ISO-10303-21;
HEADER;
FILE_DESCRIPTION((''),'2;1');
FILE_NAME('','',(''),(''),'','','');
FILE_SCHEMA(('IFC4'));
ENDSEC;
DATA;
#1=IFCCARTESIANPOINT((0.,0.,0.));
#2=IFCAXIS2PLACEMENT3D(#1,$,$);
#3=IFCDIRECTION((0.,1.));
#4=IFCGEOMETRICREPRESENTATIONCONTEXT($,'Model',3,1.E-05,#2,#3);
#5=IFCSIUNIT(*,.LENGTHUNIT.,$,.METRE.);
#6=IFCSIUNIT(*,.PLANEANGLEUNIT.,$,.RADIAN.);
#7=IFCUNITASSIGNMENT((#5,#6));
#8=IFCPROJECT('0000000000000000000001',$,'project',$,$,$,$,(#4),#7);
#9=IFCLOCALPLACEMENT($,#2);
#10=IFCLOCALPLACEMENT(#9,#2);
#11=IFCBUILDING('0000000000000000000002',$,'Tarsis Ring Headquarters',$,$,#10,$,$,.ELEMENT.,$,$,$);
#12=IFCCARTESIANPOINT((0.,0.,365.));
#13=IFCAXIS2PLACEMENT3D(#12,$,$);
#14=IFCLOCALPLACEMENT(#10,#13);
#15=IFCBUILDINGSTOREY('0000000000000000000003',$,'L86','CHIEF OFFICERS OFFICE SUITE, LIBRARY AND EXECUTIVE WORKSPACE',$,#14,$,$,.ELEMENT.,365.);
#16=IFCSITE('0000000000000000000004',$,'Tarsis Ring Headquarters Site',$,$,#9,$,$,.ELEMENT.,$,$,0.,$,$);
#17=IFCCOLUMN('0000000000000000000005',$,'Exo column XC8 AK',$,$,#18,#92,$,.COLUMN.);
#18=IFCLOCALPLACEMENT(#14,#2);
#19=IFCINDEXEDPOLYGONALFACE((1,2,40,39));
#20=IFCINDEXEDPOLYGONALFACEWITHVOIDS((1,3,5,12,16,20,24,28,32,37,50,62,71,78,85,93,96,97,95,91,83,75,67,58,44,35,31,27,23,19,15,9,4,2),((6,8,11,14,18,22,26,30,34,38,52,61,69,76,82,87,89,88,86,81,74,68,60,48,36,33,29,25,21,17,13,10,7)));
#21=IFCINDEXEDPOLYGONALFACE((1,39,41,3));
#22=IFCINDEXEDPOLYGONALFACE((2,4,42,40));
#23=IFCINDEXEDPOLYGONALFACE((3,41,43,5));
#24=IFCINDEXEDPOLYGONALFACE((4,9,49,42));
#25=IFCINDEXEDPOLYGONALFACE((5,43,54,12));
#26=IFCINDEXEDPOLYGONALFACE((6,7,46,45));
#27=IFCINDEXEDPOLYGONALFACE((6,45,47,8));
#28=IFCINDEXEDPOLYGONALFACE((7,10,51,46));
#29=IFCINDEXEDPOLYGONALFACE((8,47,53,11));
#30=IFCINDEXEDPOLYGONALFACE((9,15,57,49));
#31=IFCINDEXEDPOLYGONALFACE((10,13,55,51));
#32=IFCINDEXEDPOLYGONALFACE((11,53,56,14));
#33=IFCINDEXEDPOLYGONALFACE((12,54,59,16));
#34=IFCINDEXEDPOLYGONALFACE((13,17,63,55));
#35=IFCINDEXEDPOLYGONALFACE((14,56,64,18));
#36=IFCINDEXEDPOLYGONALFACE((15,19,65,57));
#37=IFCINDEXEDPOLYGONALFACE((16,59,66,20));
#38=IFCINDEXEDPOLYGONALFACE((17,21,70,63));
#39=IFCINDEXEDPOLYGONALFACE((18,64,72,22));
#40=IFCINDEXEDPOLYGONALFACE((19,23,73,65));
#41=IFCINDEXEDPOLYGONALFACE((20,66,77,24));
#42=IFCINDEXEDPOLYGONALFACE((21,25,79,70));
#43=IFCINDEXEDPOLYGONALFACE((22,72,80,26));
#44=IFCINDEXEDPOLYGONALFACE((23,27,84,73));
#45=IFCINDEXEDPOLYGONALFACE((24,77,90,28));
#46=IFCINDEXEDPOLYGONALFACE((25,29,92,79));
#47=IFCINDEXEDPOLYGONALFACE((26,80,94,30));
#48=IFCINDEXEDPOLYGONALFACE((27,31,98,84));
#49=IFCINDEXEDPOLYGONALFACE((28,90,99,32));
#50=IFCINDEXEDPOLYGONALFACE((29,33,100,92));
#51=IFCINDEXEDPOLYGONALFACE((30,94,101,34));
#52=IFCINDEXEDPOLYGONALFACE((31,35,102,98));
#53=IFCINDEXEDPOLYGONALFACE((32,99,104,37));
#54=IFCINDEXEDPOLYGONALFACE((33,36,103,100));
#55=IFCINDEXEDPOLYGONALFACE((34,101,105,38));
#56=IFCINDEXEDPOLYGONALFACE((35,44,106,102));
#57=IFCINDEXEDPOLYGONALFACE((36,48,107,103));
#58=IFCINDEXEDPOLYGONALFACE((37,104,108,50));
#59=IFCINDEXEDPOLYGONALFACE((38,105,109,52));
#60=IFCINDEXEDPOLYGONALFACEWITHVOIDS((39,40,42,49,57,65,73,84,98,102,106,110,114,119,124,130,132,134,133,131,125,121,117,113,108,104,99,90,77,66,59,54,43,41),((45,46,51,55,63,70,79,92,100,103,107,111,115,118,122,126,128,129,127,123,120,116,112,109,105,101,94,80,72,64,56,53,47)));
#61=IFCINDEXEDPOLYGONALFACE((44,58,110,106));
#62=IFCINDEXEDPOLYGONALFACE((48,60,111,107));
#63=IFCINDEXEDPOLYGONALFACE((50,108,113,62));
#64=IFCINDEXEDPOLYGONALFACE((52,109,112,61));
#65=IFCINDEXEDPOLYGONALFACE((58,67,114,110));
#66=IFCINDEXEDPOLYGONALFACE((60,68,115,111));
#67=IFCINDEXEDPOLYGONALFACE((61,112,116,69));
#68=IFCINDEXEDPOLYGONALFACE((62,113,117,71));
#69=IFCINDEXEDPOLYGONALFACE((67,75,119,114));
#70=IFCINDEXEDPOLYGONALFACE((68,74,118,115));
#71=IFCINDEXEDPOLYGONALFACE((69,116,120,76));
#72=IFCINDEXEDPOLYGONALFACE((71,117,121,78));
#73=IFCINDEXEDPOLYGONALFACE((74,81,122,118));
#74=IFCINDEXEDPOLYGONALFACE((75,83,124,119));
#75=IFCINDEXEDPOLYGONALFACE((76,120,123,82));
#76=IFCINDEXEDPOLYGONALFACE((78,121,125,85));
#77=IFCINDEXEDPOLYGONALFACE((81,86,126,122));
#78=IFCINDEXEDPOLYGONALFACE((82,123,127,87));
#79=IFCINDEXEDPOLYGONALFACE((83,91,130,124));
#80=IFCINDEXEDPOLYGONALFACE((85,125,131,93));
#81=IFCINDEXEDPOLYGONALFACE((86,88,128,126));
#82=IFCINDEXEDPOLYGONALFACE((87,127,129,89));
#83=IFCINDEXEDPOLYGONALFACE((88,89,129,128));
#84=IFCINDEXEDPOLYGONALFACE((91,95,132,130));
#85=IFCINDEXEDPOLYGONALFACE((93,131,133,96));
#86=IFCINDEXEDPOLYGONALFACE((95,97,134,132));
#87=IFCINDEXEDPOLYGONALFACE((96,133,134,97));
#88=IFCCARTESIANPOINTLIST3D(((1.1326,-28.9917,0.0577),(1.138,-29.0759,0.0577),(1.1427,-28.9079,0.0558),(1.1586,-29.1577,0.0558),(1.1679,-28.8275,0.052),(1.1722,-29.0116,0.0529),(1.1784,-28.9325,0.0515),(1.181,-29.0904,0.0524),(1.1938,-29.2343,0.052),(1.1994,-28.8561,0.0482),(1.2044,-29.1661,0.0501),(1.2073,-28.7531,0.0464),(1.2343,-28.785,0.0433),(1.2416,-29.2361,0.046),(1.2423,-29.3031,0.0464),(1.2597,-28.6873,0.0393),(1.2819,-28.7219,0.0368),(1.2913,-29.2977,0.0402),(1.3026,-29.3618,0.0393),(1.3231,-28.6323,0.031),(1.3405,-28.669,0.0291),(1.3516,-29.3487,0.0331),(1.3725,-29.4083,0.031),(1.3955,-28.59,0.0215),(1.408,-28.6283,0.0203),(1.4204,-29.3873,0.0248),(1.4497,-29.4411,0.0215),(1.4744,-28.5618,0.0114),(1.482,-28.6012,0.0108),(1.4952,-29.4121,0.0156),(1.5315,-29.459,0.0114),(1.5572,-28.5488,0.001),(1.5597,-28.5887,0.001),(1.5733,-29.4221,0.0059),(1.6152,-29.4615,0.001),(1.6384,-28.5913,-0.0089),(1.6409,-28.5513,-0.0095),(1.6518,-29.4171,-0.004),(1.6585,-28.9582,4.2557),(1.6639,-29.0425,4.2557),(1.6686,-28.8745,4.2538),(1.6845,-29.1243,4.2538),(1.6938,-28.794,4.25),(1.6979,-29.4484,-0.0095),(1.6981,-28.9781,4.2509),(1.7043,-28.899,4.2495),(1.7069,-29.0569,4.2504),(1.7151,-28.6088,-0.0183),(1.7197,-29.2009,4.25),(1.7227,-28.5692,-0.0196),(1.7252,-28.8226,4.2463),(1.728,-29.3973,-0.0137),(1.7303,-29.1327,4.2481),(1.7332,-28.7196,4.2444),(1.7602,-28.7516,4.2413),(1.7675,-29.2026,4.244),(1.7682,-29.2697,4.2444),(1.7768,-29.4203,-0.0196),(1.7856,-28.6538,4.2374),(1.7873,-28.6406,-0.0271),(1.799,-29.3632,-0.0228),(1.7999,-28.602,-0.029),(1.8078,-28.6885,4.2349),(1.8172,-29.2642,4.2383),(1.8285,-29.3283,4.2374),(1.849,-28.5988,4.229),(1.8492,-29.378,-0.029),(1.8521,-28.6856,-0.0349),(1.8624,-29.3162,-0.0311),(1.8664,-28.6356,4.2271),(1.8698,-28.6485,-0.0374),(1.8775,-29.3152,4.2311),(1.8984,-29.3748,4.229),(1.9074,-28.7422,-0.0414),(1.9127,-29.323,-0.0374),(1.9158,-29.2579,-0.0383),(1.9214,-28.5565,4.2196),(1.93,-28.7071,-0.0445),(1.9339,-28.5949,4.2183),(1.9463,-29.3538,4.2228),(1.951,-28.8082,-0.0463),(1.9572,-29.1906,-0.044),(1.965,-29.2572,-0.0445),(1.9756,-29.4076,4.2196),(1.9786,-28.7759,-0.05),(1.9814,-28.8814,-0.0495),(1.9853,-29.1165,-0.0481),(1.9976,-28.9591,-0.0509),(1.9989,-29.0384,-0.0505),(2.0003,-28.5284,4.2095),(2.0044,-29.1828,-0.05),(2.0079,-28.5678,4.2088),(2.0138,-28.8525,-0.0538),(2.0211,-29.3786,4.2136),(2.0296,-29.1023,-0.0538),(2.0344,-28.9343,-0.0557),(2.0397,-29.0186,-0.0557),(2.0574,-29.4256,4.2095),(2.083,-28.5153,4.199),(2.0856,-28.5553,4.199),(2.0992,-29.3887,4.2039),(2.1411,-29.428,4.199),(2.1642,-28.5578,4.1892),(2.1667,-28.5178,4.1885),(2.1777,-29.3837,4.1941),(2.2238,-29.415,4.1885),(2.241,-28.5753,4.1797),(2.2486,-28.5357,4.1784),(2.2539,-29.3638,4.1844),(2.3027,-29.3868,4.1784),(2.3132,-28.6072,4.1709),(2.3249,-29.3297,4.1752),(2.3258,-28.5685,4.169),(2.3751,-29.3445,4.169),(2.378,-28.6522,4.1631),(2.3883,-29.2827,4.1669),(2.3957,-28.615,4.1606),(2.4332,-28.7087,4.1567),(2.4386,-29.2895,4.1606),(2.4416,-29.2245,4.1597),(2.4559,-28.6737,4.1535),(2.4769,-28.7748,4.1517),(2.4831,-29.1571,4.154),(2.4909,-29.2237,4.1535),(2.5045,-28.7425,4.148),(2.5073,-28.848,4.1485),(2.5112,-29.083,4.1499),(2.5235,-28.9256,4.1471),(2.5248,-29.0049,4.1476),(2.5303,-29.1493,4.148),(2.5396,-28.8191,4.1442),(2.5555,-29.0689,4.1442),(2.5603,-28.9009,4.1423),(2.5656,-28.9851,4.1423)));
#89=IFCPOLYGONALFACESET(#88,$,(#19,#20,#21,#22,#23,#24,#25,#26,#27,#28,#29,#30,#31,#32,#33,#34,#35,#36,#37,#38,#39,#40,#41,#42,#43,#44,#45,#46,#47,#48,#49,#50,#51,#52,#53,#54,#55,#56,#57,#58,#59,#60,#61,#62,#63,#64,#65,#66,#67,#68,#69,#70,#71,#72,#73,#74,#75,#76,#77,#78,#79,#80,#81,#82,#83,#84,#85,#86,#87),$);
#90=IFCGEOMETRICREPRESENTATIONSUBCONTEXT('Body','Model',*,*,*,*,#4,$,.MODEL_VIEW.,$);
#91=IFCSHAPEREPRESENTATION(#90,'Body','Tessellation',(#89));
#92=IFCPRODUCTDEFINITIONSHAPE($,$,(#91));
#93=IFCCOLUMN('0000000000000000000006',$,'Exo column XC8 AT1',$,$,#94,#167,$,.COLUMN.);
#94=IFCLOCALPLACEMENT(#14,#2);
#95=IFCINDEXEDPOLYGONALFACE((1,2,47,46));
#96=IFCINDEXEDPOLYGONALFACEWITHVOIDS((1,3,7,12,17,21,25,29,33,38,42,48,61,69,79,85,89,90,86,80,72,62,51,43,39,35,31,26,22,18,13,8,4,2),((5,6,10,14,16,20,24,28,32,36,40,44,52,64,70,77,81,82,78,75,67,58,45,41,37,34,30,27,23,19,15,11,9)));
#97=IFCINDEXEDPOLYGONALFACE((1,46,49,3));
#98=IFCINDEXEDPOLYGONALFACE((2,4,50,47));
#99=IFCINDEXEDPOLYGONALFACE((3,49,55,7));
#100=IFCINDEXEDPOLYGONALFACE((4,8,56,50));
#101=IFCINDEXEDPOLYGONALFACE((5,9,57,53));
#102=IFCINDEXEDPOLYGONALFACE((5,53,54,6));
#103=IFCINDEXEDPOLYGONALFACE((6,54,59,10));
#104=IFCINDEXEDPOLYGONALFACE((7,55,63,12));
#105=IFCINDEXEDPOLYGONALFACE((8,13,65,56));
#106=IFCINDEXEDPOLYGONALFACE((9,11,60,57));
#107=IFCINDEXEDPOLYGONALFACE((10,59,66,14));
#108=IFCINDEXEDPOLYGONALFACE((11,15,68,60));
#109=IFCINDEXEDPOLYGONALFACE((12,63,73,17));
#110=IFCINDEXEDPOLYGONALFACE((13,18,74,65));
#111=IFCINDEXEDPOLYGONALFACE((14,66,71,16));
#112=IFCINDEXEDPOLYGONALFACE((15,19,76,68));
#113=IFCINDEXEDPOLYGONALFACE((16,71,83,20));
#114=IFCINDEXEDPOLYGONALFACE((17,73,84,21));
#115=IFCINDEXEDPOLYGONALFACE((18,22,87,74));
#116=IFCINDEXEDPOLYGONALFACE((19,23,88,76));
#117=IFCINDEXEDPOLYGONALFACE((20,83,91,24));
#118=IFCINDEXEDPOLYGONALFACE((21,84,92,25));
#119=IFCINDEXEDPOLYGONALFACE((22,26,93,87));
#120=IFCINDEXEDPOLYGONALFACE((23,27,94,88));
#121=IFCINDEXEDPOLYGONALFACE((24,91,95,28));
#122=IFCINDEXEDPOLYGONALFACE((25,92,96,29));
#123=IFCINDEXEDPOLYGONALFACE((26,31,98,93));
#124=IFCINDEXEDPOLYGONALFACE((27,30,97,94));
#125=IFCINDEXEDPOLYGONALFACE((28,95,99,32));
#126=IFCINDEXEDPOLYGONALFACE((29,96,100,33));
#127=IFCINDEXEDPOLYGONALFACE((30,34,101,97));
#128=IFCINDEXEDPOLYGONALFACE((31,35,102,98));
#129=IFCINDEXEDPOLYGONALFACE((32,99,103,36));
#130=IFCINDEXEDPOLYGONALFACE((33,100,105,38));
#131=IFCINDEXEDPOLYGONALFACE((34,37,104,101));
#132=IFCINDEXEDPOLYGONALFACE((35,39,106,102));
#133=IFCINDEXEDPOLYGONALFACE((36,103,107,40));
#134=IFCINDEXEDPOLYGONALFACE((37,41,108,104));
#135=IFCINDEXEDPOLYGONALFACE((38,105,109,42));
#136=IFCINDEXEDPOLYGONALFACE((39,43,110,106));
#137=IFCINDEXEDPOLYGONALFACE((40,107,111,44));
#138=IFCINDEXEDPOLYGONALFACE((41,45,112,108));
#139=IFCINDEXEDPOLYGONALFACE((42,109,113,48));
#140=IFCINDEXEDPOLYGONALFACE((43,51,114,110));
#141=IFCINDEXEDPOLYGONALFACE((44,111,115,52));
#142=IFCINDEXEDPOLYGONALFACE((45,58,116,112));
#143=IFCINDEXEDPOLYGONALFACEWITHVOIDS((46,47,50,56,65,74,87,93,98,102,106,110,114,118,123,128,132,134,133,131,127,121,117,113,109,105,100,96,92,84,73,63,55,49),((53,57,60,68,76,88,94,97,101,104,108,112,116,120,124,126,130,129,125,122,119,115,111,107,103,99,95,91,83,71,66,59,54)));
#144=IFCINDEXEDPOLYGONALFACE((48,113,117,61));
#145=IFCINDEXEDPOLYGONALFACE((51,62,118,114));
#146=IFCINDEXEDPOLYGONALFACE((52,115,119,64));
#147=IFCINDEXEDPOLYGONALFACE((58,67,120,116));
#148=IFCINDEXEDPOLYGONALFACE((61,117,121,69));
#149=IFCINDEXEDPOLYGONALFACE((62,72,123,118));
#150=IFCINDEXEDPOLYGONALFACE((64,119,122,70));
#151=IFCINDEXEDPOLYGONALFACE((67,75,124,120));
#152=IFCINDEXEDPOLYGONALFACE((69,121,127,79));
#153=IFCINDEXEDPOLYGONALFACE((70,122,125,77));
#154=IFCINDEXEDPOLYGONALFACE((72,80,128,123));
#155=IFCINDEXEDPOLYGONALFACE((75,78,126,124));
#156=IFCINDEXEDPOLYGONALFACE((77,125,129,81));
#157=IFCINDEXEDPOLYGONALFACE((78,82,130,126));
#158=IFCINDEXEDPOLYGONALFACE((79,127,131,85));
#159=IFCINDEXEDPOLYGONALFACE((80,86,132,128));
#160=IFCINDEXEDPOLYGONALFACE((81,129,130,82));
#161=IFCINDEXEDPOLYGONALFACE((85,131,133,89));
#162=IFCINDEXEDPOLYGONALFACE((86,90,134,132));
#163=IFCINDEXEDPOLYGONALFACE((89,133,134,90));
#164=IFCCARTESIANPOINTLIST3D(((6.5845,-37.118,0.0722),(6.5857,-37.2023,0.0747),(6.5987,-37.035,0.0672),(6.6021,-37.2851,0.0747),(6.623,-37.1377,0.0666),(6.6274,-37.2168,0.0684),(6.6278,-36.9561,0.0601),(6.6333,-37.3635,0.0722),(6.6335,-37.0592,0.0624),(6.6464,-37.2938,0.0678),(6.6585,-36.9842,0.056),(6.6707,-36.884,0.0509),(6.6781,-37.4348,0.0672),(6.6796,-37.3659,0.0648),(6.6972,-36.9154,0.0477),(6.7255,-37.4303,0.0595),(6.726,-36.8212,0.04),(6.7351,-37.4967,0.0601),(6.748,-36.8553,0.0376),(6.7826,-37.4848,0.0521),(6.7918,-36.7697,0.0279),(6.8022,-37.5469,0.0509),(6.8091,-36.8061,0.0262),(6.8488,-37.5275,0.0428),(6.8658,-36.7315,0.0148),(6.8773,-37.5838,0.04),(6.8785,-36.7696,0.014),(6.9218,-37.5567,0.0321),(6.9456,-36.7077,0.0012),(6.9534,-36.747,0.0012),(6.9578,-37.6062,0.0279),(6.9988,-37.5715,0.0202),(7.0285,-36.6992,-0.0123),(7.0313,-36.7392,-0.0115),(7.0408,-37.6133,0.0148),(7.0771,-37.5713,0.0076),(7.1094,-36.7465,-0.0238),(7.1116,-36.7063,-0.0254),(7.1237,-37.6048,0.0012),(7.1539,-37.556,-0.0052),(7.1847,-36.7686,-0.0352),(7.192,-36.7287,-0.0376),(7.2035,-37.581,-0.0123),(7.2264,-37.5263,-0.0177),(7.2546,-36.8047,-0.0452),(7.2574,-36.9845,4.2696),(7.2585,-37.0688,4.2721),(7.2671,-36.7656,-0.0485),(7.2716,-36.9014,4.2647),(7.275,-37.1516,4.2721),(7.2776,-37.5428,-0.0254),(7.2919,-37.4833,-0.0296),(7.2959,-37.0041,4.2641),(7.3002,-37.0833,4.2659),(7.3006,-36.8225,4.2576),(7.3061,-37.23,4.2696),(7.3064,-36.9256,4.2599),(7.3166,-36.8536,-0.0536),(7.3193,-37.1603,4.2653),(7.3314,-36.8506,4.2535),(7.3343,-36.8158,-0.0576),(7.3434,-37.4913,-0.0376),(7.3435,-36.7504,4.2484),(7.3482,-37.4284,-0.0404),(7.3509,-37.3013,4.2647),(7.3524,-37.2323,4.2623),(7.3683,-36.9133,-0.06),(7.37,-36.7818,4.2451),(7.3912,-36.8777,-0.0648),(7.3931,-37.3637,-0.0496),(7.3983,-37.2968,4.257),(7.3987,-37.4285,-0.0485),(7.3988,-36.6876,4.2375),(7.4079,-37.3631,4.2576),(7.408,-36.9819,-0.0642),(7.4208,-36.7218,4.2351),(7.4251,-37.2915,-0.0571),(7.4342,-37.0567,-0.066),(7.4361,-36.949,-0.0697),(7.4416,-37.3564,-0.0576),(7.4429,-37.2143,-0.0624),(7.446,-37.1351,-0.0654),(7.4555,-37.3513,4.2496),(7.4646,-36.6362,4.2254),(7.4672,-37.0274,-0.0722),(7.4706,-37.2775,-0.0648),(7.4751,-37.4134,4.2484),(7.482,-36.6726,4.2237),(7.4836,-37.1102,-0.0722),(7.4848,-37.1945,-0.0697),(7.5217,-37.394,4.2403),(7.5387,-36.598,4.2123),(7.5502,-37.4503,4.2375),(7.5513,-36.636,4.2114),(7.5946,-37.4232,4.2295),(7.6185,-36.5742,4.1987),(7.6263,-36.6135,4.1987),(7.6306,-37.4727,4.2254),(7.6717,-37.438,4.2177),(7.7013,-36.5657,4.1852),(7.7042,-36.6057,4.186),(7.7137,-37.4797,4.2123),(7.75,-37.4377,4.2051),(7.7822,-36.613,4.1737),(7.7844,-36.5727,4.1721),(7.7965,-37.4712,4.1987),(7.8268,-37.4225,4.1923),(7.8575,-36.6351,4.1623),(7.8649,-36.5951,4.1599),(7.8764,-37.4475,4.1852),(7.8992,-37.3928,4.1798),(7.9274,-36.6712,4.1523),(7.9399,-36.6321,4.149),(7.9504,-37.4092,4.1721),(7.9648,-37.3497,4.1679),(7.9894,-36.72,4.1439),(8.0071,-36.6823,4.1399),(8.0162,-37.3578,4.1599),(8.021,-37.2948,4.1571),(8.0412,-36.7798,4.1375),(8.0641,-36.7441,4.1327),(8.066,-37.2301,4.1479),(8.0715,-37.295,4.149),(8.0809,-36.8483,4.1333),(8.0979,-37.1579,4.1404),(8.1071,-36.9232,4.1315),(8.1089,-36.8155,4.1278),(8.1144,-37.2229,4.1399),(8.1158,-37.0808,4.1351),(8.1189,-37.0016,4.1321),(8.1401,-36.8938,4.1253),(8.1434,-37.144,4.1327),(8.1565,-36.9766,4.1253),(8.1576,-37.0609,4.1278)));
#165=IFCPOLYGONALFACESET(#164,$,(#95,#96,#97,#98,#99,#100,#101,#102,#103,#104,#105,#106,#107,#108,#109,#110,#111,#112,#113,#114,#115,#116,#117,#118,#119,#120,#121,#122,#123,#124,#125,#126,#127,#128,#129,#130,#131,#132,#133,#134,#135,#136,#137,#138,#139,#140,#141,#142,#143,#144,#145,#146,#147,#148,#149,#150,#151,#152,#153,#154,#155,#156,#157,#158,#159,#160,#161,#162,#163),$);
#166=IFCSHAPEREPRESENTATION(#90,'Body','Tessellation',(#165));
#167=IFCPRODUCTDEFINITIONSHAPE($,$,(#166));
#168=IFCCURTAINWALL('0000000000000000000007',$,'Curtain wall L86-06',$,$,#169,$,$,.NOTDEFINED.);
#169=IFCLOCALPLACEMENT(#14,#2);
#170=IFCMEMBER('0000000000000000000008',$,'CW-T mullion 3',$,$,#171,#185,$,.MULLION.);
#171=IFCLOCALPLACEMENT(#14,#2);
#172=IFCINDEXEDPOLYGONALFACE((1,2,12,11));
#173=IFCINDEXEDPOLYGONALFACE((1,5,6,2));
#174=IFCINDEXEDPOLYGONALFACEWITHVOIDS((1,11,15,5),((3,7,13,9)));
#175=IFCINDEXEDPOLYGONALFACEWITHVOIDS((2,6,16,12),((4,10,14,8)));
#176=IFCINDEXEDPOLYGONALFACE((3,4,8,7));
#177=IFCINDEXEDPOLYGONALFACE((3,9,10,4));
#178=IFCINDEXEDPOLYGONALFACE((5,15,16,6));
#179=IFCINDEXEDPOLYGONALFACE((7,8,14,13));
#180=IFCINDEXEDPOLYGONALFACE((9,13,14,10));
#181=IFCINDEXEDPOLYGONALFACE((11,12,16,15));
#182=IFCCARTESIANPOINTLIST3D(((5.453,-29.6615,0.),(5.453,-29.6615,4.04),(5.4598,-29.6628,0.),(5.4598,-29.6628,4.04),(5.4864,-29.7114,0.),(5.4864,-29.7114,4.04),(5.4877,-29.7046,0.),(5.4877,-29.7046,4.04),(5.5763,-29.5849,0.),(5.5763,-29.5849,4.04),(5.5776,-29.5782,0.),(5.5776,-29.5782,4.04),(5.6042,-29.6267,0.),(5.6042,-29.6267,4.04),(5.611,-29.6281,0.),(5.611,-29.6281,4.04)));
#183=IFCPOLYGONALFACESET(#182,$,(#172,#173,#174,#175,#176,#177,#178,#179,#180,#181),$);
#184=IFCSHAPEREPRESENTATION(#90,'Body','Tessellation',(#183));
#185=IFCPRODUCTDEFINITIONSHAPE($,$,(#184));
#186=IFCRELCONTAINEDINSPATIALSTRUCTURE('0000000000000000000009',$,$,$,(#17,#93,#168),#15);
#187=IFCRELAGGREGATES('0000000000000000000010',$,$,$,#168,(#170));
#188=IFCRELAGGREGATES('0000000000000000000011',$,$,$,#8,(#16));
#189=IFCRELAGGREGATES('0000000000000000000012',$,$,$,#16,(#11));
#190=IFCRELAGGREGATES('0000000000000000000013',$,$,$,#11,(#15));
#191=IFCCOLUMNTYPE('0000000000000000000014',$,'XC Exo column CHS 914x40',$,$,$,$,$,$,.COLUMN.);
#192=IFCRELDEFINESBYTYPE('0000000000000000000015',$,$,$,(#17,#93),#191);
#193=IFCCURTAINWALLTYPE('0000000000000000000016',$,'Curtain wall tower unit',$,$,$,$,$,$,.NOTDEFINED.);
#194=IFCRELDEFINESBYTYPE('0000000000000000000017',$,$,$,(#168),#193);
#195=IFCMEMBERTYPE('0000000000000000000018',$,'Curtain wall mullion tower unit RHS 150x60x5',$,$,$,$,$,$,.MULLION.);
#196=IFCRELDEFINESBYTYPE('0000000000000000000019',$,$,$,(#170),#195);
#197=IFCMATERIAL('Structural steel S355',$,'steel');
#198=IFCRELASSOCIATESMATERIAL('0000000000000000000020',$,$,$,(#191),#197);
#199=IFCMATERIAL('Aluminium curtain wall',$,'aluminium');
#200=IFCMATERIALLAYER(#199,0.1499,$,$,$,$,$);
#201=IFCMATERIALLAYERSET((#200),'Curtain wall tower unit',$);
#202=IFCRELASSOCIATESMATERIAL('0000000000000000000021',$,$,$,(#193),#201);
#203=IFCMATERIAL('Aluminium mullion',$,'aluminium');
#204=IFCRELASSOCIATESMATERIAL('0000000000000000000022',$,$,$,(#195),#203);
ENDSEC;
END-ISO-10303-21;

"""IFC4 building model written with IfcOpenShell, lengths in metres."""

from ifc_helpers import new_model, si_unit, direction, frame, origin, origin_2d, place, context, subcontext, project, spatial, hollow_rectangle, hollow_circle, extrude, material, layer, layer_set, material_profile, profile_set, type_object, element, aggregate, save


model = new_model("IFC4")

# Units and contexts
model_context = context("Model", 3, precision=1e-05, world=origin(), true_north=direction((0.0, 1.0)))
body_context = subcontext(model_context, "Body", "Model", "MODEL_VIEW")
ifc_project = project(units=[si_unit("LENGTHUNIT", "METRE"), si_unit("PLANEANGLEUNIT", "RADIAN")], contexts=[model_context])

# Site, building, storey
site_placement = place(None, origin())
site = spatial("IfcSite", under=ifc_project, at=site_placement, Name="Tarsis Ring Headquarters Site", CompositionType="ELEMENT", RefElevation=0.0)
building_placement = place(site_placement, origin())
building = spatial("IfcBuilding", under=site, at=building_placement, Name="Tarsis Ring Headquarters", CompositionType="ELEMENT")
storey_placement = place(building_placement, frame((0.0, 0.0, 365.0)))
storey = spatial("IfcBuildingStorey", under=building, at=storey_placement, Name="L86", Description="CHIEF OFFICERS OFFICE SUITE, LIBRARY AND EXECUTIVE WORKSPACE", CompositionType="ELEMENT", Elevation=365.0)

# Columns
ifc_material_1 = material(Name="Structural steel S355", Category="steel")
ifc_material_profile_1 = material_profile(ifc_material_1, hollow_circle(Radius=0.457, WallThickness=0.04, at=origin_2d()), Name="CHS 914x40")
ifc_profile_set_1 = profile_set([ifc_material_profile_1], Name="Structural steel S355")
column_type = type_object("IfcColumnType", Name="XC Exo column CHS 914x40", PredefinedType="COLUMN", material=ifc_profile_set_1)
column_1_placement = place(storey_placement, frame((1.5862, -29.0051, 0.001), z_axis=(0.124294, 0.007905, 0.992214), x_axis=(-0.063474, 0.997983, 0.0)))
element("IfcColumn", 1, at=column_1_placement, inside=storey, type_object=column_type, Name="Exo column XC8 AK", PredefinedType="COLUMN", context=body_context, shape_type="SweptSolid", body=[
    extrude(hollow_circle(Radius=0.4573, WallThickness=0.04, at=origin_2d()), origin(), (0.0, 0.0, 1.0), 4.231),
])
column_2_placement = place(storey_placement, frame((7.0347, -37.1562, 0.0012), z_axis=(0.158199, 0.031399, 0.986908), x_axis=(-0.194679, 0.980867, 0.0)))
element("IfcColumn", 2, at=column_2_placement, inside=storey, type_object=column_type, Name="Exo column XC8 AT1", PredefinedType="COLUMN", context=body_context, shape_type="SweptSolid", body=[
    extrude(hollow_circle(Radius=0.4573, WallThickness=0.04, at=origin_2d()), origin(), (0.0, 0.0, 1.0), 4.2532),
])

# Curtain wall, member
ifc_material_2 = material(Name="Aluminium curtain wall", Category="aluminium")
ifc_layer_1 = layer(ifc_material_2, 0.1499)
ifc_layer_set_1 = layer_set([ifc_layer_1], Name="Curtain wall tower unit")
curtain_wall_type = type_object("IfcCurtainWallType", Name="Curtain wall tower unit", PredefinedType="NOTDEFINED", material=ifc_layer_set_1)
curtain_wall_placement = place(storey_placement, origin())
curtain_wall = element("IfcCurtainWall", 3, at=curtain_wall_placement, inside=storey, type_object=curtain_wall_type, Name="Curtain wall L86-06", PredefinedType="NOTDEFINED")
ifc_material_3 = material(Name="Aluminium mullion", Category="aluminium")
ifc_material_profile_2 = material_profile(ifc_material_3, hollow_rectangle(XDim=0.1499, YDim=0.0601, WallThickness=0.0049, at=origin_2d()), Name="RHS 150x60x5")
ifc_profile_set_2 = profile_set([ifc_material_profile_2], Name="Aluminium mullion")
member_type = type_object("IfcMemberType", Name="Curtain wall mullion tower unit RHS 150x60x5", PredefinedType="MULLION", material=ifc_profile_set_2)
member_placement = place(storey_placement, frame((5.532, -29.6448, 0.0), z_axis=(0.0, 0.0, 1.0), x_axis=(0.831372, 0.555716, 0.0)))
member = element("IfcMember", 4, at=member_placement, type_object=member_type, Name="CW-T mullion 3", PredefinedType="MULLION", context=body_context, shape_type="SweptSolid", body=[
    extrude(hollow_rectangle(XDim=0.1499, YDim=0.0601, WallThickness=0.0049, at=origin_2d()), origin(), (0.0, 0.0, 1.0), 4.04),
])
aggregate(curtain_wall, [member])

save(model, "model.ifc")
